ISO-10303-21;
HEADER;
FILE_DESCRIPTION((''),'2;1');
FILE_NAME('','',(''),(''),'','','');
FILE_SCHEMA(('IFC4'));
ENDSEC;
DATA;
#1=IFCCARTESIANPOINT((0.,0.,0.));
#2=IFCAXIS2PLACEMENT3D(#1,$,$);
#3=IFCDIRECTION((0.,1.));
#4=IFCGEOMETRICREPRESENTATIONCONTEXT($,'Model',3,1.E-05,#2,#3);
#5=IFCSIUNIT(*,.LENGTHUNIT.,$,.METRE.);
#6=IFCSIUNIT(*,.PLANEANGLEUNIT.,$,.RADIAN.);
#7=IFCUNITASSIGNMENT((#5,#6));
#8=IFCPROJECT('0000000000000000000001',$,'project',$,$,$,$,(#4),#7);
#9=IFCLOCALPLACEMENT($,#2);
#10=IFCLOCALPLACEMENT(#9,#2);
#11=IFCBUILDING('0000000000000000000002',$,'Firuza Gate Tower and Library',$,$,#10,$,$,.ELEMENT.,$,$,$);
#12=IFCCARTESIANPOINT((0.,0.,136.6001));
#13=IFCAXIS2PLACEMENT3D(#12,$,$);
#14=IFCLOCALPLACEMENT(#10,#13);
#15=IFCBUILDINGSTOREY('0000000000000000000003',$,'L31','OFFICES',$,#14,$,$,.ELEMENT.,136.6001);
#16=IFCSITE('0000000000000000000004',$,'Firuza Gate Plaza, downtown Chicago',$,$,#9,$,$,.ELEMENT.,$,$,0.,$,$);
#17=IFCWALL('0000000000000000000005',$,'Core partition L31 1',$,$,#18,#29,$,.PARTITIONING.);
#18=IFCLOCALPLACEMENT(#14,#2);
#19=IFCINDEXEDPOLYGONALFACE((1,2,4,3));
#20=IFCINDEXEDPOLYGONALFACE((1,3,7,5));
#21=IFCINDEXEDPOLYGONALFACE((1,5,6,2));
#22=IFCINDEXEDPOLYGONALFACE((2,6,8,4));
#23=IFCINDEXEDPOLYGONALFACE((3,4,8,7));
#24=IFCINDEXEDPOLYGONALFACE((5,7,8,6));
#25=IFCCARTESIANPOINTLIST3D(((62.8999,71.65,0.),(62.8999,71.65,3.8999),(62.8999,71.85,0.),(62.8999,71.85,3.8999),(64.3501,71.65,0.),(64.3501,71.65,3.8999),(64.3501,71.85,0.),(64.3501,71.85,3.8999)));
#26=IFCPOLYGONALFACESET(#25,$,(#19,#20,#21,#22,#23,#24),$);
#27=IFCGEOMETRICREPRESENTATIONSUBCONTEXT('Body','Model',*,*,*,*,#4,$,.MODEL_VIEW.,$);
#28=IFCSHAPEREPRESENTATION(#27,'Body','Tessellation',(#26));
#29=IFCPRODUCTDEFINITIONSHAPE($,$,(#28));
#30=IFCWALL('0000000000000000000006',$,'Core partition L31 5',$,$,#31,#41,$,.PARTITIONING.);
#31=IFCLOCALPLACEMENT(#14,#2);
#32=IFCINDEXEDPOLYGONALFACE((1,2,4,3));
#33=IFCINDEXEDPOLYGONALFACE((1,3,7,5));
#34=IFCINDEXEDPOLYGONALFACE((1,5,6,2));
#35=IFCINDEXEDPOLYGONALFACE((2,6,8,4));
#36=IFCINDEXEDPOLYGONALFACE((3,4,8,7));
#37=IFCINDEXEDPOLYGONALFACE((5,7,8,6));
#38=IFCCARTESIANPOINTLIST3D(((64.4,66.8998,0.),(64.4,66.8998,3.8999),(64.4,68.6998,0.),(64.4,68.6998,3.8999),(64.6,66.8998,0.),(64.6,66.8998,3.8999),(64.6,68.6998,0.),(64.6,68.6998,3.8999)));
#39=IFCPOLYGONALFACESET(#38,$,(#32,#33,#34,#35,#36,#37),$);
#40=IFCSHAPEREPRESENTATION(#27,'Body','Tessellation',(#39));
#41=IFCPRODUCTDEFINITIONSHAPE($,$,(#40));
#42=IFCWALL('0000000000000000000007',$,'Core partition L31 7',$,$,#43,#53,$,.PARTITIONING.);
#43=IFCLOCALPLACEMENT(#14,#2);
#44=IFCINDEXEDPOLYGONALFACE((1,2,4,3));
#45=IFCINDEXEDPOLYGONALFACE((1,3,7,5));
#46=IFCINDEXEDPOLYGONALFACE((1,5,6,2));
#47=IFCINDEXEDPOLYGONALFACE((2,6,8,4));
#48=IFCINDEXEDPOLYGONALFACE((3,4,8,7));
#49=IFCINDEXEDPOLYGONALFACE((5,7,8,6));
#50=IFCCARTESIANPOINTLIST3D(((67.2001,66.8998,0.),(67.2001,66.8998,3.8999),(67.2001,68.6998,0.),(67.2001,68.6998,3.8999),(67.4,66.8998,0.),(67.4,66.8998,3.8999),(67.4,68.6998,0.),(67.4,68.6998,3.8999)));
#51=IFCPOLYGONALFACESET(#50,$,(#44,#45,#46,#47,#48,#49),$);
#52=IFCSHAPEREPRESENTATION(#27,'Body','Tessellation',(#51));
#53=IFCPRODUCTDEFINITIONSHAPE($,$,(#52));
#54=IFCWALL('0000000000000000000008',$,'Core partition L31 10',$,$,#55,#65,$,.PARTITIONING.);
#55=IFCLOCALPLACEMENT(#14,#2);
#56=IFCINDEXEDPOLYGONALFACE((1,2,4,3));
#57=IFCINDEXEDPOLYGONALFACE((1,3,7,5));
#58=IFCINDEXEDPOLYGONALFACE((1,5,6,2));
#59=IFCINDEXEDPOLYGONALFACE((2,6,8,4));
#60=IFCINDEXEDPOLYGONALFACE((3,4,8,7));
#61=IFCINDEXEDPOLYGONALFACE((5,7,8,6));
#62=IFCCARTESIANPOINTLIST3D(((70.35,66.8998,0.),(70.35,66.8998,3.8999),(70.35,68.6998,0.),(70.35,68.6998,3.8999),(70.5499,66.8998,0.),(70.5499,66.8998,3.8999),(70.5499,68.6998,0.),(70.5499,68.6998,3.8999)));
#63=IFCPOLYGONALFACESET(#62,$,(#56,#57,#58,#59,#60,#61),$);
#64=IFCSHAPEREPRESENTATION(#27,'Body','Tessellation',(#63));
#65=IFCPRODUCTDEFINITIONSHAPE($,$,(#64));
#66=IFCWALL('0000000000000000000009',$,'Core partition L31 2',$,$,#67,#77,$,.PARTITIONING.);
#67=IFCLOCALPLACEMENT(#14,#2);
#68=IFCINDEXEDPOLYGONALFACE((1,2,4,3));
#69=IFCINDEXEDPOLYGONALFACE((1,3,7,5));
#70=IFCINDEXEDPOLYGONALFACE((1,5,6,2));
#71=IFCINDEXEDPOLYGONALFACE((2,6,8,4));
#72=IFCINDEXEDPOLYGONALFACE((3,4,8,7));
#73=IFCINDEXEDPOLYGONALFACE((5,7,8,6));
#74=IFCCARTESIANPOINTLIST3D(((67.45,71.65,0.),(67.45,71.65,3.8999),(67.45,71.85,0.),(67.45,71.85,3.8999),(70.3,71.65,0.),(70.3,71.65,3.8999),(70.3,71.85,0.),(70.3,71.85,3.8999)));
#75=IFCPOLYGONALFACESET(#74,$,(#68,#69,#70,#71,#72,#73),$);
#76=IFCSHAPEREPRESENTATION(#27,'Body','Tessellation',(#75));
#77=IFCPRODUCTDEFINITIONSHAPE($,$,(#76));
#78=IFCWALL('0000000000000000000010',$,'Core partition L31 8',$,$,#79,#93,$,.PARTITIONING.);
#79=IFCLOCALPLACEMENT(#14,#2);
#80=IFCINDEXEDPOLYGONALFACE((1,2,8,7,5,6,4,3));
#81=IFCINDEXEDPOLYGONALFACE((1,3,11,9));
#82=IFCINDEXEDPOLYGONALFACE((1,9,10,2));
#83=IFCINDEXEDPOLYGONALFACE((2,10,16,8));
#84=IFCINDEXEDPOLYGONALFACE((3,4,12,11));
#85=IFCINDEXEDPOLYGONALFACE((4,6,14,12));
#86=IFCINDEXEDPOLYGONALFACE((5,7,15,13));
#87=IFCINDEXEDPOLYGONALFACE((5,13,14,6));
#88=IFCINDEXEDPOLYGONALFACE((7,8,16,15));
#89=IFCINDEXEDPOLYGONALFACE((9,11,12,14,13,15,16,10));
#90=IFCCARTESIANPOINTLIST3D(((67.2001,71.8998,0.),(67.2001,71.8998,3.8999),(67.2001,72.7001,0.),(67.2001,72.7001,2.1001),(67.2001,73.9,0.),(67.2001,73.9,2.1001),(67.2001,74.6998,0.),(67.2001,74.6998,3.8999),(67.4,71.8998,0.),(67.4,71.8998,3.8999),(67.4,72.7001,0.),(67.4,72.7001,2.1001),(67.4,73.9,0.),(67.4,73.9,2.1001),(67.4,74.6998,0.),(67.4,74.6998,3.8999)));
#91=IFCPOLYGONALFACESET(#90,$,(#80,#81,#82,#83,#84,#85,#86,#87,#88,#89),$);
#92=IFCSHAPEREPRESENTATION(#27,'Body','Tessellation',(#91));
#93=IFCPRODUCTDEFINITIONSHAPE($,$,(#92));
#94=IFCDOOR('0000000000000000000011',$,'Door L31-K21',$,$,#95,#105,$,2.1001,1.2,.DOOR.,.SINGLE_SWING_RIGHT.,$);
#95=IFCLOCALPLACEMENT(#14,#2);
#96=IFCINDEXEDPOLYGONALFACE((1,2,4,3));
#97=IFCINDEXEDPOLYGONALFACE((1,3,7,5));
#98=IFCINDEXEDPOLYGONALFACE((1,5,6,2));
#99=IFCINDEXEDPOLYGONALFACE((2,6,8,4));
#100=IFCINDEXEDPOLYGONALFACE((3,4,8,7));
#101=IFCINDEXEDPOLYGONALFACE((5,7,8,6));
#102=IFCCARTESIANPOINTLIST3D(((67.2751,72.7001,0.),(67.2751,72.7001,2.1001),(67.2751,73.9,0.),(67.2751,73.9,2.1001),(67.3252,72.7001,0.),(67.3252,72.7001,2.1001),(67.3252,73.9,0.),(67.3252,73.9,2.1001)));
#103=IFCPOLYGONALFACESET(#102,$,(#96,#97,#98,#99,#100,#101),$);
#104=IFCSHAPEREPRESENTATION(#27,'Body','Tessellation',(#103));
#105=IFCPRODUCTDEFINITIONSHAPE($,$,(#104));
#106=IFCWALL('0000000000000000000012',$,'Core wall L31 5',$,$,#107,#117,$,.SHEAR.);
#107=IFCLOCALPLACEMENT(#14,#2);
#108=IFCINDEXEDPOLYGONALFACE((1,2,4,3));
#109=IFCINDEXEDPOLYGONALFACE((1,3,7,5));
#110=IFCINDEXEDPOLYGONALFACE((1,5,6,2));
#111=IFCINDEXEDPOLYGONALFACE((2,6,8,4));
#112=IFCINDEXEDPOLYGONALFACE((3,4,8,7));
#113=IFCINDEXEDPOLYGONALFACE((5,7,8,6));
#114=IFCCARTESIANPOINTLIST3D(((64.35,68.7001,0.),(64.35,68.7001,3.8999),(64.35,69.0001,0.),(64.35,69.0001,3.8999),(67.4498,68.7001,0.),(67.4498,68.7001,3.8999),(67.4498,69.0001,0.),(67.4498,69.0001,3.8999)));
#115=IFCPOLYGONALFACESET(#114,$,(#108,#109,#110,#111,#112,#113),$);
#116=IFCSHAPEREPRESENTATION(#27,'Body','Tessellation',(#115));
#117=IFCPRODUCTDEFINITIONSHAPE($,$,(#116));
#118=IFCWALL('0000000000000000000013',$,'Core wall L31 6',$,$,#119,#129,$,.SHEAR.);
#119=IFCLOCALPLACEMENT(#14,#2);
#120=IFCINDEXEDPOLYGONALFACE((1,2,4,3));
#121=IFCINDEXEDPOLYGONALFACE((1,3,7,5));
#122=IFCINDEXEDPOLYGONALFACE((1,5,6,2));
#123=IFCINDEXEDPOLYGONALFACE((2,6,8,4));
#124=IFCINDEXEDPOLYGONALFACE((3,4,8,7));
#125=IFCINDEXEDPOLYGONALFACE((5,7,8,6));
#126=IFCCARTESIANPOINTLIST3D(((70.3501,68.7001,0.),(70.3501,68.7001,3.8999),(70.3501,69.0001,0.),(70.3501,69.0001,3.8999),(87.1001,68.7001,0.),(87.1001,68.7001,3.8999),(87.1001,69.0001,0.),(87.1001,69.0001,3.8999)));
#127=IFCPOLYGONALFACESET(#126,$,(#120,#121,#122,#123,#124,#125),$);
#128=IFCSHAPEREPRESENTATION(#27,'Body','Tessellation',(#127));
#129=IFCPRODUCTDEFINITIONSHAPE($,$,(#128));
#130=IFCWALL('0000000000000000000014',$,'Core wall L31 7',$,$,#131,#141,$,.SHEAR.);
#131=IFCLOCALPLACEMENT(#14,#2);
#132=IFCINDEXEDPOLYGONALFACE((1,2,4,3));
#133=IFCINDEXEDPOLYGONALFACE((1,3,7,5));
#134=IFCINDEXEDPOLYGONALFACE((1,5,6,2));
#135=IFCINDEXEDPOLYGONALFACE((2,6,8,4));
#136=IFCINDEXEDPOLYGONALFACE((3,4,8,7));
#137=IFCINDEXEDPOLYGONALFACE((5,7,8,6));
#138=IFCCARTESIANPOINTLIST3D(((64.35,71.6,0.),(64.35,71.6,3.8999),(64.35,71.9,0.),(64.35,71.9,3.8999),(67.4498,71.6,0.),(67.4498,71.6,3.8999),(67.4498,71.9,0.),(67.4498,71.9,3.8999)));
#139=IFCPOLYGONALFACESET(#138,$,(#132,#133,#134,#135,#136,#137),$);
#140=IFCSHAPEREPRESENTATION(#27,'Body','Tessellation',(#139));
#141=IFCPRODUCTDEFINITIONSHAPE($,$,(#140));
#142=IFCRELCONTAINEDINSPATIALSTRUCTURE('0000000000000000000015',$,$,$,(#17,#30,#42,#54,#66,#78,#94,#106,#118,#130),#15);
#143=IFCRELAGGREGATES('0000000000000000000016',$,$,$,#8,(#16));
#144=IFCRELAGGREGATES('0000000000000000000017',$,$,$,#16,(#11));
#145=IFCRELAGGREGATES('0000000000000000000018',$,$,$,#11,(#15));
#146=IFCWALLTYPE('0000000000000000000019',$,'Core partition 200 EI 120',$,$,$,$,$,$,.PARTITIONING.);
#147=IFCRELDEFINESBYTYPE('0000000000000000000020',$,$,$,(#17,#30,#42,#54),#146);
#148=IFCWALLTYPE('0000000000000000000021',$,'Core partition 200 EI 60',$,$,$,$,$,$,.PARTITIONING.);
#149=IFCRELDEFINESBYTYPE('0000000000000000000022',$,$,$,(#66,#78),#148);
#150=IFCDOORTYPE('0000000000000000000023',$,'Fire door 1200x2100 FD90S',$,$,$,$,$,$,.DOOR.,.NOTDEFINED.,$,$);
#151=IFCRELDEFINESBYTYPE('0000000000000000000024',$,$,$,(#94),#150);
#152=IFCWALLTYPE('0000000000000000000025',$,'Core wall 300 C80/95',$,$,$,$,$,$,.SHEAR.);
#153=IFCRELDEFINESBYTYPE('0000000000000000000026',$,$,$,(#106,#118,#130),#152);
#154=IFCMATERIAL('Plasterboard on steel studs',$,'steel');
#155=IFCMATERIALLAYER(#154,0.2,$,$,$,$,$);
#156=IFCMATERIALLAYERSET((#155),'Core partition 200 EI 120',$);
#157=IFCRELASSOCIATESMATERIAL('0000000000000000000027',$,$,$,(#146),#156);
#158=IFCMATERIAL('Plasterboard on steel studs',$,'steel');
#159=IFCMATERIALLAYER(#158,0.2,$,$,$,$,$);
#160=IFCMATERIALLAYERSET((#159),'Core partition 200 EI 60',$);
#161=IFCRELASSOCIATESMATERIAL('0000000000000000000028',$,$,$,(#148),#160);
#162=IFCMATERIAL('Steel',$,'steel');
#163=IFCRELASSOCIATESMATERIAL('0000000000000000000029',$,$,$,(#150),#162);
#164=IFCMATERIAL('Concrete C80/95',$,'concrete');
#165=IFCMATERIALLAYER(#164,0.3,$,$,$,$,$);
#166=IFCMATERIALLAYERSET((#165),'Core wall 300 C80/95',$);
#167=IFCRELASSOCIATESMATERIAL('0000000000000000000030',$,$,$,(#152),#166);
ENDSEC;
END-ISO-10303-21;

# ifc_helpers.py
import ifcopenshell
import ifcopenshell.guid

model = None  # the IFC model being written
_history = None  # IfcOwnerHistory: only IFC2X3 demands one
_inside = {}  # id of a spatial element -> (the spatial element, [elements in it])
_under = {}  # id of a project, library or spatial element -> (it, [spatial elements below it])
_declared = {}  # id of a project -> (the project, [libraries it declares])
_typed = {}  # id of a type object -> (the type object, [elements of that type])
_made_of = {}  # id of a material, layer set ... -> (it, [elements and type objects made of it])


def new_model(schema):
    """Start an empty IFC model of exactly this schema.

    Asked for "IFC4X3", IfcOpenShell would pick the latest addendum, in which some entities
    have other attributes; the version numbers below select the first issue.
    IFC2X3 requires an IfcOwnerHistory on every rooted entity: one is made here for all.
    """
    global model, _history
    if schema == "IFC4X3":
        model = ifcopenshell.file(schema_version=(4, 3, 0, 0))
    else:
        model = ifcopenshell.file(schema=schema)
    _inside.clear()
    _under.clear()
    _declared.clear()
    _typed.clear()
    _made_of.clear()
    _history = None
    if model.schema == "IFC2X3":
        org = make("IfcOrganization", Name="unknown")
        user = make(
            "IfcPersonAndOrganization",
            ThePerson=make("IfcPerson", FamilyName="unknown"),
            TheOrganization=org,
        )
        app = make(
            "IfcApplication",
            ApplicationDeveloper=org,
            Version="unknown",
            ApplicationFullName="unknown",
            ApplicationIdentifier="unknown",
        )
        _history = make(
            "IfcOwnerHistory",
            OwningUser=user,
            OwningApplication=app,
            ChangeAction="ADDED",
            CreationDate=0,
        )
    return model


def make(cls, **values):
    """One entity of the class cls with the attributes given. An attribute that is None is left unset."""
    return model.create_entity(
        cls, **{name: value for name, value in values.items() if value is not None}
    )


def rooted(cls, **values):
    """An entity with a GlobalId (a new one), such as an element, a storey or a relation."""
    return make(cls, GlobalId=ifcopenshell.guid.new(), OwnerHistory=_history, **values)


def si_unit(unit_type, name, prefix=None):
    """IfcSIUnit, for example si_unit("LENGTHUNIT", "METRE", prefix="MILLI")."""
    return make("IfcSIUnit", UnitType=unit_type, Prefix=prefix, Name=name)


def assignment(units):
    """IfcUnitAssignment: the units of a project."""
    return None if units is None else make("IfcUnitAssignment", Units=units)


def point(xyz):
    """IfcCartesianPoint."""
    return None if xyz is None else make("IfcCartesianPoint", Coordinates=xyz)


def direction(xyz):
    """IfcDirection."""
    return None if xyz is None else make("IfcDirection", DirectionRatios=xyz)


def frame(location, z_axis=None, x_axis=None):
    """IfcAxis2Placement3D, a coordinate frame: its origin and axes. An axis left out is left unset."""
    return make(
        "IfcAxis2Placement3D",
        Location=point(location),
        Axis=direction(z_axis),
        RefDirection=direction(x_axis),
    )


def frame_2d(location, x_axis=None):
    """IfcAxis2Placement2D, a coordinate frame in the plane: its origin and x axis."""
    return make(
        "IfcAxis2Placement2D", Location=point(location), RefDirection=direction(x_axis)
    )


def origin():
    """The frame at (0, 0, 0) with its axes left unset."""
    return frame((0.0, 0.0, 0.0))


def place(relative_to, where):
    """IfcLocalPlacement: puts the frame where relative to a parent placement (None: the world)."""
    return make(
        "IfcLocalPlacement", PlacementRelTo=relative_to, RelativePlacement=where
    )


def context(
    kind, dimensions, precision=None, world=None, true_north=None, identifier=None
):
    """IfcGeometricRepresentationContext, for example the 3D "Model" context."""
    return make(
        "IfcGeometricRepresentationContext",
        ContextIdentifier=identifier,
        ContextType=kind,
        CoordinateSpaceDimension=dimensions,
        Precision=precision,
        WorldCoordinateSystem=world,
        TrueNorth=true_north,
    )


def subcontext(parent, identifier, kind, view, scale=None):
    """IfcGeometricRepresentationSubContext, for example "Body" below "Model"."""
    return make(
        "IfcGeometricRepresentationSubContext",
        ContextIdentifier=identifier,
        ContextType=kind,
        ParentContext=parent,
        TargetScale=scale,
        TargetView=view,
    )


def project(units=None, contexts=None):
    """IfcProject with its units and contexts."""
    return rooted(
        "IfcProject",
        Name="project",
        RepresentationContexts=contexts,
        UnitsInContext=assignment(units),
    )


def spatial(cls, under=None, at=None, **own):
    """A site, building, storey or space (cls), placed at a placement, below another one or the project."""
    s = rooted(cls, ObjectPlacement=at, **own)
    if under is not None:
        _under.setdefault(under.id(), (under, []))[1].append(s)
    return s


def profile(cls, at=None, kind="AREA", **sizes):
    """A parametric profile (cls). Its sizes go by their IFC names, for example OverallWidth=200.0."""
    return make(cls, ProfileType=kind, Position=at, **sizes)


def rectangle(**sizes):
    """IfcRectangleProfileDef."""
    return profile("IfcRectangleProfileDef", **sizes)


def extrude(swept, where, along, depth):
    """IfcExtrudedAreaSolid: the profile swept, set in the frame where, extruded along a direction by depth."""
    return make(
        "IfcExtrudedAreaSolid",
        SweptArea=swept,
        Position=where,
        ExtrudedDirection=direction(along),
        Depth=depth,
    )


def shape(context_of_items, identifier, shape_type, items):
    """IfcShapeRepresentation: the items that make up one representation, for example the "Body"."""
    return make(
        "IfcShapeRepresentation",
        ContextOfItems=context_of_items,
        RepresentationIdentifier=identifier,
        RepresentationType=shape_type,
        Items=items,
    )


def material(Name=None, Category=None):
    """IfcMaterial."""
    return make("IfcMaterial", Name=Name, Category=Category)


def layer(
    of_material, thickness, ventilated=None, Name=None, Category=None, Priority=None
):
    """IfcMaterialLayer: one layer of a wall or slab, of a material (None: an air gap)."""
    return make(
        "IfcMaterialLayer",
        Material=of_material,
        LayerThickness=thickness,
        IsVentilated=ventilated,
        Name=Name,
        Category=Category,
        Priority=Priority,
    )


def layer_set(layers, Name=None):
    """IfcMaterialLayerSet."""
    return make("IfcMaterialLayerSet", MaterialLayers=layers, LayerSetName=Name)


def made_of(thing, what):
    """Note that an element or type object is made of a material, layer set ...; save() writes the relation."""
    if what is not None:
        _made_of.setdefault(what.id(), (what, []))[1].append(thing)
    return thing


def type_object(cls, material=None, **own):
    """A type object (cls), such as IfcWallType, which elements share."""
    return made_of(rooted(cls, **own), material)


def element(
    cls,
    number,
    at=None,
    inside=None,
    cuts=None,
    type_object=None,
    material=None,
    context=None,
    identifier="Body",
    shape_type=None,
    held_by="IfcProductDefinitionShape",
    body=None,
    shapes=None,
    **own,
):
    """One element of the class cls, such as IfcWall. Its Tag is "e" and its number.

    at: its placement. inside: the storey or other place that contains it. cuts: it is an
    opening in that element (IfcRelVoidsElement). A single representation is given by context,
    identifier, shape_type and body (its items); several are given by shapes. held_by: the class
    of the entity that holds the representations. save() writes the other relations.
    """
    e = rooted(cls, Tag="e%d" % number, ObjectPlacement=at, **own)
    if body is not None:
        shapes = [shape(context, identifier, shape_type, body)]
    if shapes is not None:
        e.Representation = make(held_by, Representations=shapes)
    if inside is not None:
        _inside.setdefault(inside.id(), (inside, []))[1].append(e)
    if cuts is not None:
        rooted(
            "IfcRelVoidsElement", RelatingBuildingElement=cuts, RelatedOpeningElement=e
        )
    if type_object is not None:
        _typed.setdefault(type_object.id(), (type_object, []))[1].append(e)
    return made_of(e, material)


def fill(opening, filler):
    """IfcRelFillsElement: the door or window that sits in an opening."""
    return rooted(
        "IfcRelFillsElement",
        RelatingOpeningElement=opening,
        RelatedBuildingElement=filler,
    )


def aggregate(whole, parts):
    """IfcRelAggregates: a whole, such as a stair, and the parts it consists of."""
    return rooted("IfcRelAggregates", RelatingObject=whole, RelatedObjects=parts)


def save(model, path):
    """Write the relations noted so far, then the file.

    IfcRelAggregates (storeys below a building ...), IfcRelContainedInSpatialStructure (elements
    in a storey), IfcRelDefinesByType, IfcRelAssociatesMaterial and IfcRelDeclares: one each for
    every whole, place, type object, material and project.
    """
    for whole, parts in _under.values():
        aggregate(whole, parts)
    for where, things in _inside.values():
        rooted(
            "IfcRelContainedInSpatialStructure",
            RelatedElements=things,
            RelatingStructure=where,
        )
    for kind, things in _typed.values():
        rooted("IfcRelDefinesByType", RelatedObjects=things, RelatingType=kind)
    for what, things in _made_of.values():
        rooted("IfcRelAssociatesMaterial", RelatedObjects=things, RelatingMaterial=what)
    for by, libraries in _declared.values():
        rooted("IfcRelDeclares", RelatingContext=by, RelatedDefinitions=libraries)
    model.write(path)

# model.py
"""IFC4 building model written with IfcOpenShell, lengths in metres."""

from ifc_helpers import new_model, si_unit, direction, frame, frame_2d, origin, place, context, subcontext, project, spatial, rectangle, extrude, material, layer, layer_set, type_object, element, fill, save


model = new_model("IFC4")

# Units and contexts
model_context = context("Model", 3, precision=1e-05, world=origin(), true_north=direction((0.0, 1.0)))
body_context = subcontext(model_context, "Body", "Model", "MODEL_VIEW")
ifc_project = project(units=[si_unit("LENGTHUNIT", "METRE"), si_unit("PLANEANGLEUNIT", "RADIAN")], contexts=[model_context])

# Site, building, storey
site_placement = place(None, origin())
site = spatial("IfcSite", under=ifc_project, at=site_placement, Name="Firuza Gate Plaza, downtown Chicago", CompositionType="ELEMENT", RefElevation=0.0)
building_placement = place(site_placement, origin())
building = spatial("IfcBuilding", under=site, at=building_placement, Name="Firuza Gate Tower and Library", CompositionType="ELEMENT")
storey_placement = place(building_placement, frame((0.0, 0.0, 136.6001)))
storey = spatial("IfcBuildingStorey", under=building, at=storey_placement, Name="L31", Description="OFFICES", CompositionType="ELEMENT", Elevation=136.6001)

# Walls
ifc_material_1 = material(Name="Plasterboard on steel studs", Category="steel")
ifc_layer_1 = layer(ifc_material_1, 0.2)
ifc_layer_set_1 = layer_set([ifc_layer_1], Name="Core partition 200 EI 120")
wall_type_1 = type_object("IfcWallType", Name="Core partition 200 EI 120", PredefinedType="PARTITIONING", material=ifc_layer_set_1)
wall_1_placement = place(storey_placement, frame((62.8999, 71.75, 0.0), z_axis=(0.0, 0.0, 1.0), x_axis=(1.0, 0.0, 0.0)))
element("IfcWall", 1, at=wall_1_placement, inside=storey, type_object=wall_type_1, Name="Core partition L31 1", PredefinedType="PARTITIONING", context=body_context, shape_type="SweptSolid", body=[
    extrude(rectangle(XDim=1.4502, YDim=0.2, at=frame_2d((0.7251, 0.0))), origin(), (0.0, 0.0, 1.0), 3.8999),
])
for number, where, z_axis, x_axis, name in (
    (2, (64.5, 66.8999, 0.0), (0.0, 0.0, 1.0), (0.0, 1.0, 0.0), "Core partition L31 5"),
    (3, (67.3, 66.8999, 0.0), (0.0, 0.0, 1.0), (0.0, 1.0, 0.0), "Core partition L31 7"),
    (4, (70.45, 66.8999, 0.0), (0.0, 0.0, 1.0), (0.0, 1.0, 0.0), "Core partition L31 10"),
):
    element("IfcWall", number, at=place(storey_placement, frame(where, z_axis=z_axis, x_axis=x_axis)), inside=storey, type_object=wall_type_1, Name=name, PredefinedType="PARTITIONING", context=body_context, shape_type="SweptSolid", body=[
        extrude(rectangle(XDim=1.8, YDim=0.2, at=frame_2d((0.8999, 0.0))), origin(), (0.0, 0.0, 1.0), 3.8999),
    ])
ifc_material_2 = material(Name="Plasterboard on steel studs", Category="steel")
ifc_layer_2 = layer(ifc_material_2, 0.2)
ifc_layer_set_2 = layer_set([ifc_layer_2], Name="Core partition 200 EI 60")
wall_type_2 = type_object("IfcWallType", Name="Core partition 200 EI 60", PredefinedType="PARTITIONING", material=ifc_layer_set_2)
wall_2_placement = place(storey_placement, frame((67.45, 71.75, 0.0), z_axis=(0.0, 0.0, 1.0), x_axis=(1.0, 0.0, 0.0)))
element("IfcWall", 5, at=wall_2_placement, inside=storey, type_object=wall_type_2, Name="Core partition L31 2", PredefinedType="PARTITIONING", context=body_context, shape_type="SweptSolid", body=[
    extrude(rectangle(XDim=2.8501, YDim=0.2, at=frame_2d((1.425, 0.0))), origin(), (0.0, 0.0, 1.0), 3.8999),
])

# Wall, opening, door
wall_3_placement = place(storey_placement, frame((67.3, 71.8999, 0.0), z_axis=(0.0, 0.0, 1.0), x_axis=(0.0, 1.0, 0.0)))
wall_3 = element("IfcWall", 6, at=wall_3_placement, inside=storey, type_object=wall_type_2, Name="Core partition L31 8", PredefinedType="PARTITIONING", context=body_context, shape_type="SweptSolid", body=[
    extrude(rectangle(XDim=2.8, YDim=0.2, at=frame_2d((1.3999, 0.0))), origin(), (0.0, 0.0, 1.0), 3.8999),
])
opening_1_placement = place(wall_3_placement, frame((0.8, 0.0, 0.0)))
opening_1 = element("IfcOpeningElement", 7, at=opening_1_placement, cuts=wall_3, PredefinedType="OPENING", context=body_context, shape_type="SweptSolid", body=[
    extrude(rectangle(XDim=1.2, YDim=2.1001, at=frame_2d((0.6001, 1.05))), frame((0.0, 0.1099, 0.0), z_axis=(0.0, -1.0, 0.0), x_axis=(1.0, 0.0, 0.0)), (0.0, 0.0, 1.0), 0.22),
])
ifc_material_3 = material(Name="Steel", Category="steel")
door_type_1 = type_object("IfcDoorType", Name="Fire door 1200x2100 FD90S", OperationType="NOTDEFINED", PredefinedType="DOOR", material=ifc_material_3)
door_1_placement = place(opening_1_placement, origin())
door_1 = element("IfcDoor", 8, at=door_1_placement, inside=storey, type_object=door_type_1, Name="Door L31-K21", OperationType="SINGLE_SWING_RIGHT", OverallHeight=2.1001, OverallWidth=1.2, PredefinedType="DOOR", context=body_context, shape_type="SweptSolid", body=[
    extrude(rectangle(XDim=1.2, YDim=2.1001, at=frame_2d((0.6001, 1.05))), frame((0.0, 0.0249, 0.0), z_axis=(0.0, -1.0, 0.0), x_axis=(1.0, 0.0, 0.0)), (0.0, 0.0, 1.0), 0.05),
])
fill(opening_1, door_1)

# Walls
ifc_material_4 = material(Name="Concrete C80/95", Category="concrete")
ifc_layer_3 = layer(ifc_material_4, 0.3)
ifc_layer_set_3 = layer_set([ifc_layer_3], Name="Core wall 300 C80/95")
wall_type_3 = type_object("IfcWallType", Name="Core wall 300 C80/95", PredefinedType="SHEAR", material=ifc_layer_set_3)
wall_4_placement = place(storey_placement, frame((64.3501, 68.8501, 0.0), z_axis=(0.0, 0.0, 1.0), x_axis=(1.0, 0.0, 0.0)))
element("IfcWall", 9, at=wall_4_placement, inside=storey, type_object=wall_type_3, Name="Core wall L31 5", PredefinedType="SHEAR", context=body_context, shape_type="SweptSolid", body=[
    extrude(rectangle(XDim=3.0999, YDim=0.3, at=frame_2d((1.5498, 0.0))), origin(), (0.0, 0.0, 1.0), 3.8999),
])
wall_5_placement = place(storey_placement, frame((70.3501, 68.8501, 0.0), z_axis=(0.0, 0.0, 1.0), x_axis=(1.0, 0.0, 0.0)))
element("IfcWall", 10, at=wall_5_placement, inside=storey, type_object=wall_type_3, Name="Core wall L31 6", PredefinedType="SHEAR", context=body_context, shape_type="SweptSolid", body=[
    extrude(rectangle(XDim=16.75, YDim=0.3, at=frame_2d((8.375, 0.0))), origin(), (0.0, 0.0, 1.0), 3.8999),
])
wall_6_placement = place(storey_placement, frame((64.3501, 71.75, 0.0), z_axis=(0.0, 0.0, 1.0), x_axis=(1.0, 0.0, 0.0)))
element("IfcWall", 11, at=wall_6_placement, inside=storey, type_object=wall_type_3, Name="Core wall L31 7", PredefinedType="SHEAR", context=body_context, shape_type="SweptSolid", body=[
    extrude(rectangle(XDim=3.0999, YDim=0.3, at=frame_2d((1.5498, 0.0))), origin(), (0.0, 0.0, 1.0), 3.8999),
])

save(model, "model.ifc")
